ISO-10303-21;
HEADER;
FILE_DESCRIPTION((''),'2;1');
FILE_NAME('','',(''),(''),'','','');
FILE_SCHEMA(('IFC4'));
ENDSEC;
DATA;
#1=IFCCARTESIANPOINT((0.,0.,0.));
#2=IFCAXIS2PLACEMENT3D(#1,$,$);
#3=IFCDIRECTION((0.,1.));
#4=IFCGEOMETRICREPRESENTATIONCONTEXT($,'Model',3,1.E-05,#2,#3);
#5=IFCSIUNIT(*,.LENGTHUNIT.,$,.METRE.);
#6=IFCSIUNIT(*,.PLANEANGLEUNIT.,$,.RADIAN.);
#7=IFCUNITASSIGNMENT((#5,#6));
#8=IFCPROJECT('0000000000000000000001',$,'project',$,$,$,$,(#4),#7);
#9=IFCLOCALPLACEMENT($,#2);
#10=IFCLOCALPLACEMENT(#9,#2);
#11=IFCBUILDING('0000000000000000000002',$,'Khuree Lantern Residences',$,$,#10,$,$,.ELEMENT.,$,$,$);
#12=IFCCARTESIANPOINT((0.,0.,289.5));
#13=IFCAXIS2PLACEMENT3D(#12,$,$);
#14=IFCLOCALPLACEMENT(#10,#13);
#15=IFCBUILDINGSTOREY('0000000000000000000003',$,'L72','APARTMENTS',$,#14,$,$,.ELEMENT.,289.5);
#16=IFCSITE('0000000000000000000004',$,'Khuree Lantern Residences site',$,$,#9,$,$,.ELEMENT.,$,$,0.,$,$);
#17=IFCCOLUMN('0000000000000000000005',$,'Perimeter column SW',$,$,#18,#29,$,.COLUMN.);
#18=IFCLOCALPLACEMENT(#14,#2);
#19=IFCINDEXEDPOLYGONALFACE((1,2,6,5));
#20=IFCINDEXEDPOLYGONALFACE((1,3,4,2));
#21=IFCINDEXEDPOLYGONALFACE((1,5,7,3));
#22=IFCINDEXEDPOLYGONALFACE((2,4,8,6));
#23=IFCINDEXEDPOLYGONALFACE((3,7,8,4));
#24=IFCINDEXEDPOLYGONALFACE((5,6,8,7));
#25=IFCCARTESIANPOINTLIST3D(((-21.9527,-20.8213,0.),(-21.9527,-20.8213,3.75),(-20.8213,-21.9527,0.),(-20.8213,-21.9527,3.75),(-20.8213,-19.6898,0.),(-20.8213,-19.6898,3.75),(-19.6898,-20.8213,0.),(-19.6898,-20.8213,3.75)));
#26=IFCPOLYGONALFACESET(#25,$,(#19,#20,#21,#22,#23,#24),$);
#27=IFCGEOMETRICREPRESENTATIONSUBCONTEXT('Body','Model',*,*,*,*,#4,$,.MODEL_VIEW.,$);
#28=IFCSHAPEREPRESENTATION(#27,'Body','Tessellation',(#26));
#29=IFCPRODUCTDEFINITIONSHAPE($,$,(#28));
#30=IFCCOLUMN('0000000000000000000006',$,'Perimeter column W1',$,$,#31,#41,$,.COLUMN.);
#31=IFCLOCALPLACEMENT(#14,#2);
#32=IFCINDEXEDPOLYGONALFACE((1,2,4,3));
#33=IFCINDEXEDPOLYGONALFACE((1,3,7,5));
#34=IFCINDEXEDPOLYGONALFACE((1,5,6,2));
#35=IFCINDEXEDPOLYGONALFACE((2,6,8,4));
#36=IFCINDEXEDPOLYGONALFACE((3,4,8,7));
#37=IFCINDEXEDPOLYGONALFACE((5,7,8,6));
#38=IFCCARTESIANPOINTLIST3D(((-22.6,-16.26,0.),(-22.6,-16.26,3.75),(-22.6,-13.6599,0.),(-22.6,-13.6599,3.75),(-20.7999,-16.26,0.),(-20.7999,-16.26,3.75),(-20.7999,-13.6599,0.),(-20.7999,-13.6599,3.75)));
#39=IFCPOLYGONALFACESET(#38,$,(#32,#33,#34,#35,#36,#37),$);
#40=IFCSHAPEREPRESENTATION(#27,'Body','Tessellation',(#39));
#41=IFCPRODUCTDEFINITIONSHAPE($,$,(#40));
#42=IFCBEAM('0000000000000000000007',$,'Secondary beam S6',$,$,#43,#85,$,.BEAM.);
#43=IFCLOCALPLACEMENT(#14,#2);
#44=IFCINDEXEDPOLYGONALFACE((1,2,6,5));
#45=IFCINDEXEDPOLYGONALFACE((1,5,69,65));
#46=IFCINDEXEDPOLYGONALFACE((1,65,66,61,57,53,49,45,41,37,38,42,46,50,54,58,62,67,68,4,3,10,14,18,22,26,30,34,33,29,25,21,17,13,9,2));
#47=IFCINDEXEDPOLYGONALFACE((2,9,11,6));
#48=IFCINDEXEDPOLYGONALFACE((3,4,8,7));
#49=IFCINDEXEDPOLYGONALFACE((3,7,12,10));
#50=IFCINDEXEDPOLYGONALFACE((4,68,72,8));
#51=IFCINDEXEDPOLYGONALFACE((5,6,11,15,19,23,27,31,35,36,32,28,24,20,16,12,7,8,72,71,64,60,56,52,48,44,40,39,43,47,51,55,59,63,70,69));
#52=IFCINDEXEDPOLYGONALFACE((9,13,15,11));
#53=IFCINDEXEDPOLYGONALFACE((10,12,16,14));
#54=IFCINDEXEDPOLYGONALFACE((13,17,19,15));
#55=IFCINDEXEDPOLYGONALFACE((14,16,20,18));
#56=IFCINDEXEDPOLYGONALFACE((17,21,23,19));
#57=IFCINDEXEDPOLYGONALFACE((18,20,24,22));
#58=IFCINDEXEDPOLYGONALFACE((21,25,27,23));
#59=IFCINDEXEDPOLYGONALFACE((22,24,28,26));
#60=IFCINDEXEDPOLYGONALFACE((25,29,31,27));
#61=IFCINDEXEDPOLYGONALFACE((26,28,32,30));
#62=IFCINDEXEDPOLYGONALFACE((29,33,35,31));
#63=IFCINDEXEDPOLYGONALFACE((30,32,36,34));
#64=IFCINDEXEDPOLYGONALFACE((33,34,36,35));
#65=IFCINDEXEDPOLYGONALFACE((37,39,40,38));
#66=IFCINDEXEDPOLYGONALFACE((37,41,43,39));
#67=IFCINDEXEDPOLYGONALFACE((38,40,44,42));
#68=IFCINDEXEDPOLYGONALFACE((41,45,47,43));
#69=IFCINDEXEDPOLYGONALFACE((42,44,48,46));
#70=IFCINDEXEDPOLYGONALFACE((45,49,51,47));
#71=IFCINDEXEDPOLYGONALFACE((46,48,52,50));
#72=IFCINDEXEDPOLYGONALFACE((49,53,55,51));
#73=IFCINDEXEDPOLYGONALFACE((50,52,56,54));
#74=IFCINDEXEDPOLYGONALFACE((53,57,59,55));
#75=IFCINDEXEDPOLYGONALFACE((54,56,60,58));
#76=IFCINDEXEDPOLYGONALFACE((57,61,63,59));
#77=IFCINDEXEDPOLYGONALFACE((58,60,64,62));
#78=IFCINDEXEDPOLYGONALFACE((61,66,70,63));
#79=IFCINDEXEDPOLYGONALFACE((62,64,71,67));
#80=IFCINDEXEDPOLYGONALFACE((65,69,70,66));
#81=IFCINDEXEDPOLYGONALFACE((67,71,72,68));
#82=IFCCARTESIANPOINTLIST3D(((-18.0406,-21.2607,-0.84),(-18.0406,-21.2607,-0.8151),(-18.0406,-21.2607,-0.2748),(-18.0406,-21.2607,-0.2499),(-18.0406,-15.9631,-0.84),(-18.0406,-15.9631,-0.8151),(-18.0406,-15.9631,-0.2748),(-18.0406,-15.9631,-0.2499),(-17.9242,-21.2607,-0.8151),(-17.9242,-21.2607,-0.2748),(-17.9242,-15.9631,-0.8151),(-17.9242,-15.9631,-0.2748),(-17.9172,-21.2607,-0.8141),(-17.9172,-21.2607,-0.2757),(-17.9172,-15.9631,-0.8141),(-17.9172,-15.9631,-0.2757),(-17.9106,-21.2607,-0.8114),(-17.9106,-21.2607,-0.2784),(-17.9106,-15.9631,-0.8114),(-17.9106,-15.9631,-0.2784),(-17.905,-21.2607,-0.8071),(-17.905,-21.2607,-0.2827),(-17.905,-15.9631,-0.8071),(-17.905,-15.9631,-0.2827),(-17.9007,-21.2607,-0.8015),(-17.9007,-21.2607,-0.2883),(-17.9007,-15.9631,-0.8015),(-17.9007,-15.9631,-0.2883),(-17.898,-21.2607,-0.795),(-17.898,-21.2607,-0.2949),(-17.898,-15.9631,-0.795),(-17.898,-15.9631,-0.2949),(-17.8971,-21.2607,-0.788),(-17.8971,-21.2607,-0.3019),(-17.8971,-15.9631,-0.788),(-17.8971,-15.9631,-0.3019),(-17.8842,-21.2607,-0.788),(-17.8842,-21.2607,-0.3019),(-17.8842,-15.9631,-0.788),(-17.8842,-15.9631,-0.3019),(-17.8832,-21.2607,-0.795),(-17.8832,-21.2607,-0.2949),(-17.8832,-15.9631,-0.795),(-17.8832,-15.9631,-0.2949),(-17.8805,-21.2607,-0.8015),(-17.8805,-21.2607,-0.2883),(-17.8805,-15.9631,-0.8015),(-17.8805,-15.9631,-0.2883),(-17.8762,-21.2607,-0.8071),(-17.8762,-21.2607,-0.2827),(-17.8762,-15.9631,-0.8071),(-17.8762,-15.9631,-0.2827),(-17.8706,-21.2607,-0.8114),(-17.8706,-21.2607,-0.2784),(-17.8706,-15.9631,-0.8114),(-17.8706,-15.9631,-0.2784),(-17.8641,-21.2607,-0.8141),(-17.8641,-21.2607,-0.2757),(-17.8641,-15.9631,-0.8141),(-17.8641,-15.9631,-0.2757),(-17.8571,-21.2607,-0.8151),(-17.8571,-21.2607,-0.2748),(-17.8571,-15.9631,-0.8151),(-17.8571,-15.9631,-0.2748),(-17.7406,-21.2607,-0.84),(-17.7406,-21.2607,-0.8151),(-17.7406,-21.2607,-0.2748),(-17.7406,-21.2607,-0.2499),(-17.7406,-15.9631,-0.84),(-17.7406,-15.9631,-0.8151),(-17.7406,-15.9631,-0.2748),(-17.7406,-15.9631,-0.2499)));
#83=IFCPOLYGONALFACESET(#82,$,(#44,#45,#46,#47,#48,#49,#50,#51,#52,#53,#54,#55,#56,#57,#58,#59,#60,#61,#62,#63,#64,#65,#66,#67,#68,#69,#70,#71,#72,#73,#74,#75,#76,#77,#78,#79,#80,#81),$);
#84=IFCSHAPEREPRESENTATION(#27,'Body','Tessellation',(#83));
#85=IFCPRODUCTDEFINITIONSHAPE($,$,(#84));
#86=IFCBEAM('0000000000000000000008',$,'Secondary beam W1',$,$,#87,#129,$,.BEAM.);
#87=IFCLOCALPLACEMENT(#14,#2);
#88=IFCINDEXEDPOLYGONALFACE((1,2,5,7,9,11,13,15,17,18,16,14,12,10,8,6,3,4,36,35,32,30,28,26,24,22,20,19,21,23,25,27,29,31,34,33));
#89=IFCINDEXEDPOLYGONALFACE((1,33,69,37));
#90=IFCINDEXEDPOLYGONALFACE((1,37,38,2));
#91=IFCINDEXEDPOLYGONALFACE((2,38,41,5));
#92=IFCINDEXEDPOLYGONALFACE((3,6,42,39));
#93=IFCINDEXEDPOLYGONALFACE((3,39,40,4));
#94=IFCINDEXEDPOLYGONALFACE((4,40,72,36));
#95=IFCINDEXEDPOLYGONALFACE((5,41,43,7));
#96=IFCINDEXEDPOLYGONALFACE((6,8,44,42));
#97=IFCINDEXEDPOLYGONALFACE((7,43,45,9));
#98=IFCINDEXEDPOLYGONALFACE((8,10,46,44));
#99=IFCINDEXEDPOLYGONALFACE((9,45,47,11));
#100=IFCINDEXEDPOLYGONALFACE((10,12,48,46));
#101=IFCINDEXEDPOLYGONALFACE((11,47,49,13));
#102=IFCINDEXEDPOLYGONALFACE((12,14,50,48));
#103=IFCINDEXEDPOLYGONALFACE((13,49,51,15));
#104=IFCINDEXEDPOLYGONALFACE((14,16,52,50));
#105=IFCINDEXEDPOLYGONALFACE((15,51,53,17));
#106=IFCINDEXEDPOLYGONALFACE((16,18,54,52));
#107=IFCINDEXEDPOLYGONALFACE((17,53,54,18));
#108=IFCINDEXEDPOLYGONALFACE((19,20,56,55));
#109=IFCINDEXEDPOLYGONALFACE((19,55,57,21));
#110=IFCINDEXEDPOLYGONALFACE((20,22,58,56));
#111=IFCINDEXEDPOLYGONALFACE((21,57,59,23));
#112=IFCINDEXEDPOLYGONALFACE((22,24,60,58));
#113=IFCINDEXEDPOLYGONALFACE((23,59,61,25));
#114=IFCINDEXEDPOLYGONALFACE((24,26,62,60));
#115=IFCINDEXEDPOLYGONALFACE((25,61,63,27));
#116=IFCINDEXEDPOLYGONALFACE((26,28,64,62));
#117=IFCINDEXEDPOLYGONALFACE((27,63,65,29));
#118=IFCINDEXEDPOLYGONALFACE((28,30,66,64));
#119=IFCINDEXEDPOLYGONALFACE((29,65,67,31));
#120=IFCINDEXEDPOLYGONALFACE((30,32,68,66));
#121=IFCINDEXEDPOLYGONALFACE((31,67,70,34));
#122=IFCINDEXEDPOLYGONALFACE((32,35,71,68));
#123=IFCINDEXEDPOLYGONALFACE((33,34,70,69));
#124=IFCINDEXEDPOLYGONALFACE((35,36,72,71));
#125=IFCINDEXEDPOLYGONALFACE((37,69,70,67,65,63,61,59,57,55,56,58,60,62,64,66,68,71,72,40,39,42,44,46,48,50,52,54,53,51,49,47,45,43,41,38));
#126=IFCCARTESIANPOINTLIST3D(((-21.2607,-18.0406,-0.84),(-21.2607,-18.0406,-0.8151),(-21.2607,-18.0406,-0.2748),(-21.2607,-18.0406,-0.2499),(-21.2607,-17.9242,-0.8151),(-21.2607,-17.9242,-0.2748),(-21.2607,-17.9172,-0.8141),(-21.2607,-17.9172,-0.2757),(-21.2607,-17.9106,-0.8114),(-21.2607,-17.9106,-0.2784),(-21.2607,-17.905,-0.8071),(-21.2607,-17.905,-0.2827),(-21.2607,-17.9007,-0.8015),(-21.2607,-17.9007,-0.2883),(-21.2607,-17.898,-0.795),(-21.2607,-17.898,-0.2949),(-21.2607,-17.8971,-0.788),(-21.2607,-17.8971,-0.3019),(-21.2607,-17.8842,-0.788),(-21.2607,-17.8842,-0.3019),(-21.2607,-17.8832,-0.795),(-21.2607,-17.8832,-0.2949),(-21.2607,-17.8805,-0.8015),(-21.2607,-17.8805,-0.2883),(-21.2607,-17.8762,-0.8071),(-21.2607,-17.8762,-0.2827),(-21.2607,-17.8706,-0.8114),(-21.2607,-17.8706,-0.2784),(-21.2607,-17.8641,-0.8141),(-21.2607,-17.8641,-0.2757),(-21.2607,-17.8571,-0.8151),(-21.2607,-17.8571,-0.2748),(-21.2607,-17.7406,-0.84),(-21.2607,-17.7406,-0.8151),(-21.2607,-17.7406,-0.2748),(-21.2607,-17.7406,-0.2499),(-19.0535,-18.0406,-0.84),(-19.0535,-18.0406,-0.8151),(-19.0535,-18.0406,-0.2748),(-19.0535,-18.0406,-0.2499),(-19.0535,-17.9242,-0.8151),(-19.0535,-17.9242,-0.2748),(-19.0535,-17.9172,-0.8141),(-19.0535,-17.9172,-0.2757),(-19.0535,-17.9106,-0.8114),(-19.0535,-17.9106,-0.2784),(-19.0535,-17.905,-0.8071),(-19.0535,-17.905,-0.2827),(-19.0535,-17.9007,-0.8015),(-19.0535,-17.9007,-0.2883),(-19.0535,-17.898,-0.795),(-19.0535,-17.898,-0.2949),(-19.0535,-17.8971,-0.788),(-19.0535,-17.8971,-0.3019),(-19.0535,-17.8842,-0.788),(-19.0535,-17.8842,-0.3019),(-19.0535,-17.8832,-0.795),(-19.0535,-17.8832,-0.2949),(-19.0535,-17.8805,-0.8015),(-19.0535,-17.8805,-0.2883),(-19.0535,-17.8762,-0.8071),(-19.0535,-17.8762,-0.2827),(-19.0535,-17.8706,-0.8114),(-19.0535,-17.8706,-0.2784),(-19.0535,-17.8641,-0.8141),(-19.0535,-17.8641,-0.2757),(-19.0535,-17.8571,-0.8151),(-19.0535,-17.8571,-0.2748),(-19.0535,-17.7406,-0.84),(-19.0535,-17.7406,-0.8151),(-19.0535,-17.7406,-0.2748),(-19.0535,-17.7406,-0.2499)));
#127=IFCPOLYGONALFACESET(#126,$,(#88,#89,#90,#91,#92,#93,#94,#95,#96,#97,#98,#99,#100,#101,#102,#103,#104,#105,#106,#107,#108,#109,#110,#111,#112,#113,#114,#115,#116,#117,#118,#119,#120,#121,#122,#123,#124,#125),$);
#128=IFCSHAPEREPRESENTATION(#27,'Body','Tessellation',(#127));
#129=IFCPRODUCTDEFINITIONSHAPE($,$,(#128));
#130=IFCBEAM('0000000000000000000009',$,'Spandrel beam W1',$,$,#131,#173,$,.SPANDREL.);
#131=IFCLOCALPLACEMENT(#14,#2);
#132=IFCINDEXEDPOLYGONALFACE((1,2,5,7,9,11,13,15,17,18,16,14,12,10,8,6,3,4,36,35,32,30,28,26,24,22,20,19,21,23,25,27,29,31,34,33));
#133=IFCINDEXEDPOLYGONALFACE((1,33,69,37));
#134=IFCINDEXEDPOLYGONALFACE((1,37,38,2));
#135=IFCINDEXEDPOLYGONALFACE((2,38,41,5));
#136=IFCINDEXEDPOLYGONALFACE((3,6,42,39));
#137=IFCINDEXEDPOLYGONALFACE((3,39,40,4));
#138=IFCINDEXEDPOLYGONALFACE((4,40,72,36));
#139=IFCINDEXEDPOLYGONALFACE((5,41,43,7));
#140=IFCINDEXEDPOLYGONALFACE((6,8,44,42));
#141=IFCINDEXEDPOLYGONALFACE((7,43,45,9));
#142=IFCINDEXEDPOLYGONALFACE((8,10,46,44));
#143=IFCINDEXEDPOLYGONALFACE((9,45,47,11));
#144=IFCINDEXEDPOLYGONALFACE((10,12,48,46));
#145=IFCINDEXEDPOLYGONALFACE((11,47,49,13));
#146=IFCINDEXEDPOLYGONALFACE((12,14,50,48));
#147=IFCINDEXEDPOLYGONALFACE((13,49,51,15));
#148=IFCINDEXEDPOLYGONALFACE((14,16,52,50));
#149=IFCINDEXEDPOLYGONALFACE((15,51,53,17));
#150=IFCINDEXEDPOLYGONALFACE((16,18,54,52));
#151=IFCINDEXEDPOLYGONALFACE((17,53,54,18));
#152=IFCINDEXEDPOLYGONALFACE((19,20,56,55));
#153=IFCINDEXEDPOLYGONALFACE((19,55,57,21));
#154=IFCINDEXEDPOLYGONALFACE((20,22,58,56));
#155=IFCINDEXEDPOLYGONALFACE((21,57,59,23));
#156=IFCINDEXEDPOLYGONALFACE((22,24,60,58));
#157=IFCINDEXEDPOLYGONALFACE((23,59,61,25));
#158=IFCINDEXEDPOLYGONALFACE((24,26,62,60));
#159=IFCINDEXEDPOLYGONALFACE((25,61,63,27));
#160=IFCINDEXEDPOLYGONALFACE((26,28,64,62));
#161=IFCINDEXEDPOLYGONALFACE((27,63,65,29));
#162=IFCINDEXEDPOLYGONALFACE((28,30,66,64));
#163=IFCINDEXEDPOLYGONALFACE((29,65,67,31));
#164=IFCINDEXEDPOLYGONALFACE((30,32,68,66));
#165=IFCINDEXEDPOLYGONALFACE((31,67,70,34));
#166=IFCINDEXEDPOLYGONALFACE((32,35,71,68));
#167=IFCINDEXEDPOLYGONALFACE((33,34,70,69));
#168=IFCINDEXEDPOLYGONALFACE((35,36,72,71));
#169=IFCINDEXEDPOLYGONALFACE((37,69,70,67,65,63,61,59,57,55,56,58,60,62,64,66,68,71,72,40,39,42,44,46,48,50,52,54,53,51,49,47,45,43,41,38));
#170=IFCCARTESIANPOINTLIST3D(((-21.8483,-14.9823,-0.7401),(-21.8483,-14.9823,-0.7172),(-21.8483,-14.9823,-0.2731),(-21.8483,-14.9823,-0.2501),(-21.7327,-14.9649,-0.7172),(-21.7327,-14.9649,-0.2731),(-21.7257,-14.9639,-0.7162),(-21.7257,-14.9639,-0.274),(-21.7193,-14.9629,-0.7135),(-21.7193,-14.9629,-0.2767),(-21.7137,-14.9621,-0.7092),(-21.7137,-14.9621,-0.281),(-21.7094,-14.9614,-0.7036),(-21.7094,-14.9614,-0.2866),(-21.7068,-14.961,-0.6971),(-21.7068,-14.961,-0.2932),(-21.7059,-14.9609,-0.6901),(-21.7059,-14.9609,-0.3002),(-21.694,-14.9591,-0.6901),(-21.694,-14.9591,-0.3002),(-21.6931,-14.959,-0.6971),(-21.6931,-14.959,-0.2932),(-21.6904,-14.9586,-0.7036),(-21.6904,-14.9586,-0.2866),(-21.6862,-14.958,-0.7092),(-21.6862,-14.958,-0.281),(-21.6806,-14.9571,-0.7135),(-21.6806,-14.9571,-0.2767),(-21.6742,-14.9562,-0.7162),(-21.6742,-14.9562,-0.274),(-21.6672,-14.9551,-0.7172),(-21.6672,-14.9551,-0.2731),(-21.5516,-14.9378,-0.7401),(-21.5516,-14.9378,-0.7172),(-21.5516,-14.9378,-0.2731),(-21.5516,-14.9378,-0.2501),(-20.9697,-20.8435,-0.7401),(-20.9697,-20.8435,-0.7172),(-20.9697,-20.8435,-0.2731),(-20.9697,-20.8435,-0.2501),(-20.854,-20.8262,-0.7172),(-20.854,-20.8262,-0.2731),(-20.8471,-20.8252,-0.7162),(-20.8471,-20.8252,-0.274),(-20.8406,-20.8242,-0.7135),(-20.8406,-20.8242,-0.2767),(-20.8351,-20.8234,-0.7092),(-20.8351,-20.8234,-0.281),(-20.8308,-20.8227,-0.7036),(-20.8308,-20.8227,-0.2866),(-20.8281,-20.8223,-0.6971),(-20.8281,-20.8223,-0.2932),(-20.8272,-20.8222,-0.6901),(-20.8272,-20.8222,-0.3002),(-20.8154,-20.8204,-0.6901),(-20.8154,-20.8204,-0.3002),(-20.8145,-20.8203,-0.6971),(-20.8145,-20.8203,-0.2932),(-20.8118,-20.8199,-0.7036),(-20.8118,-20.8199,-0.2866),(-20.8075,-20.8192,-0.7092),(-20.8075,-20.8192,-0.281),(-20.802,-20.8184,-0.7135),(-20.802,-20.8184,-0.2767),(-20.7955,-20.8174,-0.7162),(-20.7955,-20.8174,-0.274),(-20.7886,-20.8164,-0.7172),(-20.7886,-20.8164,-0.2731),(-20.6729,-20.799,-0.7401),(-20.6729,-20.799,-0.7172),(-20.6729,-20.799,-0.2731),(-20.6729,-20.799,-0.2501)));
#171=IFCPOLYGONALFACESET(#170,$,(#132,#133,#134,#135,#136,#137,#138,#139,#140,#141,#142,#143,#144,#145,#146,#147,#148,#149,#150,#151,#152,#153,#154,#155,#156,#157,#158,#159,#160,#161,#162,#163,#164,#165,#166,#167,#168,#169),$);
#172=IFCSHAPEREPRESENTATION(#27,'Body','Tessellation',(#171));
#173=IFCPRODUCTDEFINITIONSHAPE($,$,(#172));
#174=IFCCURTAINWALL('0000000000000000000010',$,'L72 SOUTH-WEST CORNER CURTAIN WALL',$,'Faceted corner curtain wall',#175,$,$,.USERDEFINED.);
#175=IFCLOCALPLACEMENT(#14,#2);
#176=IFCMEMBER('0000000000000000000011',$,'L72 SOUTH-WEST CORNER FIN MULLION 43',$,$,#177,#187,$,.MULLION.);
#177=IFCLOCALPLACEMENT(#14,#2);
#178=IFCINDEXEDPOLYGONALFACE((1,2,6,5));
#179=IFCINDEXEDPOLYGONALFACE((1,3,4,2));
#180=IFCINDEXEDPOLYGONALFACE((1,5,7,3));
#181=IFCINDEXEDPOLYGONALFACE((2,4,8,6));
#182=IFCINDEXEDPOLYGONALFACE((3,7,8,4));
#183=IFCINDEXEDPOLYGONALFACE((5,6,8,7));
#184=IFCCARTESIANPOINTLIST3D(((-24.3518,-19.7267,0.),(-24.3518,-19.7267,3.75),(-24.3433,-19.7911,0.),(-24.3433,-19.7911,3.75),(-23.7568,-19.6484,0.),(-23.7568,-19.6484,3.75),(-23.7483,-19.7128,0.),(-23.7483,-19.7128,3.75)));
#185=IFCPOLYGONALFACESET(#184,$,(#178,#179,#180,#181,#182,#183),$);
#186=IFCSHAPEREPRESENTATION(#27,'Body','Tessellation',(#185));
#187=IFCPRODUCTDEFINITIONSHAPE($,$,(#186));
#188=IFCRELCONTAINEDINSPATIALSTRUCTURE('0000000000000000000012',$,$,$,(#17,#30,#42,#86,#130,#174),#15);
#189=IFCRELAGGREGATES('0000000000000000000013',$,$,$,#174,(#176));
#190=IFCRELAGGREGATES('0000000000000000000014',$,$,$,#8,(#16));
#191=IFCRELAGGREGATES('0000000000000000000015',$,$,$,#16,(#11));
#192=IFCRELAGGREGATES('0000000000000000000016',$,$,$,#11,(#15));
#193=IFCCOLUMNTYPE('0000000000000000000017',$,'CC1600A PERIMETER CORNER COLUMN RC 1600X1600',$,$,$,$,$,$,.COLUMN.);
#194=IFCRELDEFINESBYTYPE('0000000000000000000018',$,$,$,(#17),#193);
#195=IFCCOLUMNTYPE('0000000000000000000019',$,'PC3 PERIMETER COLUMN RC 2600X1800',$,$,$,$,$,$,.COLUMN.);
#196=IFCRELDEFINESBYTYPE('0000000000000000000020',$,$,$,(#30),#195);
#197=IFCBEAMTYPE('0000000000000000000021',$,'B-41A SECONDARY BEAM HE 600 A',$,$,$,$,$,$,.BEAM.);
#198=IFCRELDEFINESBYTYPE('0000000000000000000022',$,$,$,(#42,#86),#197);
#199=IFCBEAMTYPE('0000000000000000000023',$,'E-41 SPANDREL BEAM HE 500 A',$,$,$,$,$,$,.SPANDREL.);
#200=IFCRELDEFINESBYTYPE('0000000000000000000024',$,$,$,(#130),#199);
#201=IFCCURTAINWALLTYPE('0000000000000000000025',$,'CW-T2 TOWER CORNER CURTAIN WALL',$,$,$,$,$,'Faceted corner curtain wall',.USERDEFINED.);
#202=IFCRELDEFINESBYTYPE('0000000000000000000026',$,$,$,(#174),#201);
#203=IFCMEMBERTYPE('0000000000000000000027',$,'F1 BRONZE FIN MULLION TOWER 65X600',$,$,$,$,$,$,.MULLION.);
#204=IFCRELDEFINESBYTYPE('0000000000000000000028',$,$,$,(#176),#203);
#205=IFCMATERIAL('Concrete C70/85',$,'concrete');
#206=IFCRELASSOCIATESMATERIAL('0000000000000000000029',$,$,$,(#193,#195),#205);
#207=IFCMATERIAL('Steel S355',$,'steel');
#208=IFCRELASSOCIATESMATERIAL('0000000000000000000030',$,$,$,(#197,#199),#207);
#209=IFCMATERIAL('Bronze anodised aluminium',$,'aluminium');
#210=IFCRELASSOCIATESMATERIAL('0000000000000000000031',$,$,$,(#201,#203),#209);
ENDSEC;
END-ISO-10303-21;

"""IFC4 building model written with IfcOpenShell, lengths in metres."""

from ifc_helpers import new_model, si_unit, direction, frame, origin, origin_2d, place, context, subcontext, project, spatial, rectangle, i_section, extrude, material, material_profile, profile_set, type_object, element, aggregate, save


model = new_model("IFC4")

# Units and contexts
model_context = context("Model", 3, precision=1e-05, world=origin(), true_north=direction((0.0, 1.0)))
body_context = subcontext(model_context, "Body", "Model", "MODEL_VIEW")
ifc_project = project(units=[si_unit("LENGTHUNIT", "METRE"), si_unit("PLANEANGLEUNIT", "RADIAN")], contexts=[model_context])

# Site, building, storey
site_placement = place(None, origin())
site = spatial("IfcSite", under=ifc_project, at=site_placement, Name="Khuree Lantern Residences site", CompositionType="ELEMENT", RefElevation=0.0)
building_placement = place(site_placement, origin())
building = spatial("IfcBuilding", under=site, at=building_placement, Name="Khuree Lantern Residences", CompositionType="ELEMENT")
storey_placement = place(building_placement, frame((0.0, 0.0, 289.5)))
storey = spatial("IfcBuildingStorey", under=building, at=storey_placement, Name="L72", Description="APARTMENTS", CompositionType="ELEMENT", Elevation=289.5)

# Columns
ifc_material_1 = material(Name="Concrete C70/85", Category="concrete")
ifc_material_profile_1 = material_profile(ifc_material_1, rectangle(XDim=1.6001, YDim=1.6001, at=origin_2d()), Name="RC 1600X1600")
ifc_profile_set_1 = profile_set([ifc_material_profile_1], Name="Concrete C70/85")
column_type_1 = type_object("IfcColumnType", Name="CC1600A PERIMETER CORNER COLUMN RC 1600X1600", PredefinedType="COLUMN", material=ifc_profile_set_1)
column_1_placement = place(storey_placement, frame((-20.8213, -20.8213, 0.0), z_axis=(0.0, 0.0, 1.0), x_axis=(0.707107, -0.707107, 0.0)))
element("IfcColumn", 1, at=column_1_placement, inside=storey, type_object=column_type_1, Name="Perimeter column SW", PredefinedType="COLUMN", context=body_context, shape_type="SweptSolid", body=[
    extrude(rectangle(XDim=1.6001, YDim=1.6001, at=origin_2d()), origin(), (0.0, 0.0, 1.0), 3.75),
])
ifc_material_profile_2 = material_profile(ifc_material_1, rectangle(XDim=2.6001, YDim=1.8, at=origin_2d()), Name="RC 2600X1800")
ifc_profile_set_2 = profile_set([ifc_material_profile_2], Name="Concrete C70/85")
column_type_2 = type_object("IfcColumnType", Name="PC3 PERIMETER COLUMN RC 2600X1800", PredefinedType="COLUMN", material=ifc_profile_set_2)
column_2_placement = place(storey_placement, frame((-21.7, -14.96, 0.0), z_axis=(0.0, 0.0, 1.0), x_axis=(0.0, 1.0, 0.0)))
element("IfcColumn", 2, at=column_2_placement, inside=storey, type_object=column_type_2, Name="Perimeter column W1", PredefinedType="COLUMN", context=body_context, shape_type="SweptSolid", body=[
    extrude(rectangle(XDim=2.6001, YDim=1.8, at=origin_2d()), origin(), (0.0, 0.0, 1.0), 3.75),
])

# Beams
ifc_material_2 = material(Name="Steel S355", Category="steel")
ifc_material_profile_3 = material_profile(ifc_material_2, i_section(OverallWidth=0.3, OverallDepth=0.5901, WebThickness=0.0129, FlangeThickness=0.0249, FilletRadius=0.0271, at=origin_2d()), Name="HE 600 A")
ifc_profile_set_3 = profile_set([ifc_material_profile_3], Name="Steel S355")
beam_type_1 = type_object("IfcBeamType", Name="B-41A SECONDARY BEAM HE 600 A", PredefinedType="BEAM", material=ifc_profile_set_3)
beam_1_placement = place(storey_placement, frame((-17.8906, -21.2607, -0.5449), z_axis=(0.0, 1.0, 0.0), x_axis=(-1.0, 0.0, 0.0)))
element("IfcBeam", 3, at=beam_1_placement, inside=storey, type_object=beam_type_1, Name="Secondary beam S6", PredefinedType="BEAM", context=body_context, shape_type="SweptSolid", body=[
    extrude(i_section(OverallWidth=0.3, OverallDepth=0.5901, WebThickness=0.0129, FlangeThickness=0.0249, FilletRadius=0.0271, at=origin_2d()), origin(), (0.0, 0.0, 1.0), 5.2976),
])
beam_2_placement = place(storey_placement, frame((-21.2607, -17.8906, -0.5449), z_axis=(1.0, 0.0, 0.0), x_axis=(0.0, 1.0, 0.0)))
element("IfcBeam", 4, at=beam_2_placement, inside=storey, type_object=beam_type_1, Name="Secondary beam W1", PredefinedType="BEAM", context=body_context, shape_type="SweptSolid", body=[
    extrude(i_section(OverallWidth=0.3, OverallDepth=0.5901, WebThickness=0.0129, FlangeThickness=0.0249, FilletRadius=0.0271, at=origin_2d()), origin(), (0.0, 0.0, 1.0), 2.2073),
])
ifc_material_profile_4 = material_profile(ifc_material_2, i_section(OverallWidth=0.3, OverallDepth=0.49, WebThickness=0.012, FlangeThickness=0.0229, FilletRadius=0.0271, at=origin_2d()), Name="HE 500 A")
ifc_profile_set_4 = profile_set([ifc_material_profile_4], Name="Steel S355")
beam_type_2 = type_object("IfcBeamType", Name="E-41 SPANDREL BEAM HE 500 A", PredefinedType="SPANDREL", material=ifc_profile_set_4)
beam_3_placement = place(storey_placement, frame((-20.8213, -20.8213, -0.4951), z_axis=(-0.148252, 0.98895, 0.0), x_axis=(-0.98895, -0.148252, 0.0)))
element("IfcBeam", 5, at=beam_3_placement, inside=storey, type_object=beam_type_2, Name="Spandrel beam W1", PredefinedType="SPANDREL", context=body_context, shape_type="SweptSolid", body=[
    extrude(i_section(OverallWidth=0.3, OverallDepth=0.49, WebThickness=0.012, FlangeThickness=0.0229, FilletRadius=0.0271, at=origin_2d()), origin(), (0.0, 0.0, 1.0), 5.9268),
])

# Curtain wall, member
ifc_material_3 = material(Name="Bronze anodised aluminium", Category="aluminium")
curtain_wall_type_1 = type_object("IfcCurtainWallType", Name="CW-T2 TOWER CORNER CURTAIN WALL", ElementType="Faceted corner curtain wall", PredefinedType="USERDEFINED", material=ifc_material_3)
curtain_wall_1_placement = place(storey_placement, origin())
curtain_wall_1 = element("IfcCurtainWall", 6, at=curtain_wall_1_placement, inside=storey, type_object=curtain_wall_type_1, Name="L72 SOUTH-WEST CORNER CURTAIN WALL", ObjectType="Faceted corner curtain wall", PredefinedType="USERDEFINED")
ifc_material_profile_5 = material_profile(ifc_material_3, rectangle(XDim=0.0649, YDim=0.6001, at=origin_2d()), Name="F1 65X600")
ifc_profile_set_5 = profile_set([ifc_material_profile_5], Name="Bronze anodised aluminium")
member_type_1 = type_object("IfcMemberType", Name="F1 BRONZE FIN MULLION TOWER 65X600", PredefinedType="MULLION", material=ifc_profile_set_5)
member_1_placement = place(storey_placement, frame((-24.05, -19.7197, 0.0), z_axis=(0.0, 0.0, 1.0), x_axis=(0.130526, -0.991445, 0.0)))
member_1 = element("IfcMember", 7, at=member_1_placement, type_object=member_type_1, Name="L72 SOUTH-WEST CORNER FIN MULLION 43", PredefinedType="MULLION", context=body_context, shape_type="SweptSolid", body=[
    extrude(rectangle(XDim=0.0649, YDim=0.6001, at=origin_2d()), origin(), (0.0, 0.0, 1.0), 3.75),
])

aggregate(curtain_wall_1, [member_1])

save(model, "model.ifc")
